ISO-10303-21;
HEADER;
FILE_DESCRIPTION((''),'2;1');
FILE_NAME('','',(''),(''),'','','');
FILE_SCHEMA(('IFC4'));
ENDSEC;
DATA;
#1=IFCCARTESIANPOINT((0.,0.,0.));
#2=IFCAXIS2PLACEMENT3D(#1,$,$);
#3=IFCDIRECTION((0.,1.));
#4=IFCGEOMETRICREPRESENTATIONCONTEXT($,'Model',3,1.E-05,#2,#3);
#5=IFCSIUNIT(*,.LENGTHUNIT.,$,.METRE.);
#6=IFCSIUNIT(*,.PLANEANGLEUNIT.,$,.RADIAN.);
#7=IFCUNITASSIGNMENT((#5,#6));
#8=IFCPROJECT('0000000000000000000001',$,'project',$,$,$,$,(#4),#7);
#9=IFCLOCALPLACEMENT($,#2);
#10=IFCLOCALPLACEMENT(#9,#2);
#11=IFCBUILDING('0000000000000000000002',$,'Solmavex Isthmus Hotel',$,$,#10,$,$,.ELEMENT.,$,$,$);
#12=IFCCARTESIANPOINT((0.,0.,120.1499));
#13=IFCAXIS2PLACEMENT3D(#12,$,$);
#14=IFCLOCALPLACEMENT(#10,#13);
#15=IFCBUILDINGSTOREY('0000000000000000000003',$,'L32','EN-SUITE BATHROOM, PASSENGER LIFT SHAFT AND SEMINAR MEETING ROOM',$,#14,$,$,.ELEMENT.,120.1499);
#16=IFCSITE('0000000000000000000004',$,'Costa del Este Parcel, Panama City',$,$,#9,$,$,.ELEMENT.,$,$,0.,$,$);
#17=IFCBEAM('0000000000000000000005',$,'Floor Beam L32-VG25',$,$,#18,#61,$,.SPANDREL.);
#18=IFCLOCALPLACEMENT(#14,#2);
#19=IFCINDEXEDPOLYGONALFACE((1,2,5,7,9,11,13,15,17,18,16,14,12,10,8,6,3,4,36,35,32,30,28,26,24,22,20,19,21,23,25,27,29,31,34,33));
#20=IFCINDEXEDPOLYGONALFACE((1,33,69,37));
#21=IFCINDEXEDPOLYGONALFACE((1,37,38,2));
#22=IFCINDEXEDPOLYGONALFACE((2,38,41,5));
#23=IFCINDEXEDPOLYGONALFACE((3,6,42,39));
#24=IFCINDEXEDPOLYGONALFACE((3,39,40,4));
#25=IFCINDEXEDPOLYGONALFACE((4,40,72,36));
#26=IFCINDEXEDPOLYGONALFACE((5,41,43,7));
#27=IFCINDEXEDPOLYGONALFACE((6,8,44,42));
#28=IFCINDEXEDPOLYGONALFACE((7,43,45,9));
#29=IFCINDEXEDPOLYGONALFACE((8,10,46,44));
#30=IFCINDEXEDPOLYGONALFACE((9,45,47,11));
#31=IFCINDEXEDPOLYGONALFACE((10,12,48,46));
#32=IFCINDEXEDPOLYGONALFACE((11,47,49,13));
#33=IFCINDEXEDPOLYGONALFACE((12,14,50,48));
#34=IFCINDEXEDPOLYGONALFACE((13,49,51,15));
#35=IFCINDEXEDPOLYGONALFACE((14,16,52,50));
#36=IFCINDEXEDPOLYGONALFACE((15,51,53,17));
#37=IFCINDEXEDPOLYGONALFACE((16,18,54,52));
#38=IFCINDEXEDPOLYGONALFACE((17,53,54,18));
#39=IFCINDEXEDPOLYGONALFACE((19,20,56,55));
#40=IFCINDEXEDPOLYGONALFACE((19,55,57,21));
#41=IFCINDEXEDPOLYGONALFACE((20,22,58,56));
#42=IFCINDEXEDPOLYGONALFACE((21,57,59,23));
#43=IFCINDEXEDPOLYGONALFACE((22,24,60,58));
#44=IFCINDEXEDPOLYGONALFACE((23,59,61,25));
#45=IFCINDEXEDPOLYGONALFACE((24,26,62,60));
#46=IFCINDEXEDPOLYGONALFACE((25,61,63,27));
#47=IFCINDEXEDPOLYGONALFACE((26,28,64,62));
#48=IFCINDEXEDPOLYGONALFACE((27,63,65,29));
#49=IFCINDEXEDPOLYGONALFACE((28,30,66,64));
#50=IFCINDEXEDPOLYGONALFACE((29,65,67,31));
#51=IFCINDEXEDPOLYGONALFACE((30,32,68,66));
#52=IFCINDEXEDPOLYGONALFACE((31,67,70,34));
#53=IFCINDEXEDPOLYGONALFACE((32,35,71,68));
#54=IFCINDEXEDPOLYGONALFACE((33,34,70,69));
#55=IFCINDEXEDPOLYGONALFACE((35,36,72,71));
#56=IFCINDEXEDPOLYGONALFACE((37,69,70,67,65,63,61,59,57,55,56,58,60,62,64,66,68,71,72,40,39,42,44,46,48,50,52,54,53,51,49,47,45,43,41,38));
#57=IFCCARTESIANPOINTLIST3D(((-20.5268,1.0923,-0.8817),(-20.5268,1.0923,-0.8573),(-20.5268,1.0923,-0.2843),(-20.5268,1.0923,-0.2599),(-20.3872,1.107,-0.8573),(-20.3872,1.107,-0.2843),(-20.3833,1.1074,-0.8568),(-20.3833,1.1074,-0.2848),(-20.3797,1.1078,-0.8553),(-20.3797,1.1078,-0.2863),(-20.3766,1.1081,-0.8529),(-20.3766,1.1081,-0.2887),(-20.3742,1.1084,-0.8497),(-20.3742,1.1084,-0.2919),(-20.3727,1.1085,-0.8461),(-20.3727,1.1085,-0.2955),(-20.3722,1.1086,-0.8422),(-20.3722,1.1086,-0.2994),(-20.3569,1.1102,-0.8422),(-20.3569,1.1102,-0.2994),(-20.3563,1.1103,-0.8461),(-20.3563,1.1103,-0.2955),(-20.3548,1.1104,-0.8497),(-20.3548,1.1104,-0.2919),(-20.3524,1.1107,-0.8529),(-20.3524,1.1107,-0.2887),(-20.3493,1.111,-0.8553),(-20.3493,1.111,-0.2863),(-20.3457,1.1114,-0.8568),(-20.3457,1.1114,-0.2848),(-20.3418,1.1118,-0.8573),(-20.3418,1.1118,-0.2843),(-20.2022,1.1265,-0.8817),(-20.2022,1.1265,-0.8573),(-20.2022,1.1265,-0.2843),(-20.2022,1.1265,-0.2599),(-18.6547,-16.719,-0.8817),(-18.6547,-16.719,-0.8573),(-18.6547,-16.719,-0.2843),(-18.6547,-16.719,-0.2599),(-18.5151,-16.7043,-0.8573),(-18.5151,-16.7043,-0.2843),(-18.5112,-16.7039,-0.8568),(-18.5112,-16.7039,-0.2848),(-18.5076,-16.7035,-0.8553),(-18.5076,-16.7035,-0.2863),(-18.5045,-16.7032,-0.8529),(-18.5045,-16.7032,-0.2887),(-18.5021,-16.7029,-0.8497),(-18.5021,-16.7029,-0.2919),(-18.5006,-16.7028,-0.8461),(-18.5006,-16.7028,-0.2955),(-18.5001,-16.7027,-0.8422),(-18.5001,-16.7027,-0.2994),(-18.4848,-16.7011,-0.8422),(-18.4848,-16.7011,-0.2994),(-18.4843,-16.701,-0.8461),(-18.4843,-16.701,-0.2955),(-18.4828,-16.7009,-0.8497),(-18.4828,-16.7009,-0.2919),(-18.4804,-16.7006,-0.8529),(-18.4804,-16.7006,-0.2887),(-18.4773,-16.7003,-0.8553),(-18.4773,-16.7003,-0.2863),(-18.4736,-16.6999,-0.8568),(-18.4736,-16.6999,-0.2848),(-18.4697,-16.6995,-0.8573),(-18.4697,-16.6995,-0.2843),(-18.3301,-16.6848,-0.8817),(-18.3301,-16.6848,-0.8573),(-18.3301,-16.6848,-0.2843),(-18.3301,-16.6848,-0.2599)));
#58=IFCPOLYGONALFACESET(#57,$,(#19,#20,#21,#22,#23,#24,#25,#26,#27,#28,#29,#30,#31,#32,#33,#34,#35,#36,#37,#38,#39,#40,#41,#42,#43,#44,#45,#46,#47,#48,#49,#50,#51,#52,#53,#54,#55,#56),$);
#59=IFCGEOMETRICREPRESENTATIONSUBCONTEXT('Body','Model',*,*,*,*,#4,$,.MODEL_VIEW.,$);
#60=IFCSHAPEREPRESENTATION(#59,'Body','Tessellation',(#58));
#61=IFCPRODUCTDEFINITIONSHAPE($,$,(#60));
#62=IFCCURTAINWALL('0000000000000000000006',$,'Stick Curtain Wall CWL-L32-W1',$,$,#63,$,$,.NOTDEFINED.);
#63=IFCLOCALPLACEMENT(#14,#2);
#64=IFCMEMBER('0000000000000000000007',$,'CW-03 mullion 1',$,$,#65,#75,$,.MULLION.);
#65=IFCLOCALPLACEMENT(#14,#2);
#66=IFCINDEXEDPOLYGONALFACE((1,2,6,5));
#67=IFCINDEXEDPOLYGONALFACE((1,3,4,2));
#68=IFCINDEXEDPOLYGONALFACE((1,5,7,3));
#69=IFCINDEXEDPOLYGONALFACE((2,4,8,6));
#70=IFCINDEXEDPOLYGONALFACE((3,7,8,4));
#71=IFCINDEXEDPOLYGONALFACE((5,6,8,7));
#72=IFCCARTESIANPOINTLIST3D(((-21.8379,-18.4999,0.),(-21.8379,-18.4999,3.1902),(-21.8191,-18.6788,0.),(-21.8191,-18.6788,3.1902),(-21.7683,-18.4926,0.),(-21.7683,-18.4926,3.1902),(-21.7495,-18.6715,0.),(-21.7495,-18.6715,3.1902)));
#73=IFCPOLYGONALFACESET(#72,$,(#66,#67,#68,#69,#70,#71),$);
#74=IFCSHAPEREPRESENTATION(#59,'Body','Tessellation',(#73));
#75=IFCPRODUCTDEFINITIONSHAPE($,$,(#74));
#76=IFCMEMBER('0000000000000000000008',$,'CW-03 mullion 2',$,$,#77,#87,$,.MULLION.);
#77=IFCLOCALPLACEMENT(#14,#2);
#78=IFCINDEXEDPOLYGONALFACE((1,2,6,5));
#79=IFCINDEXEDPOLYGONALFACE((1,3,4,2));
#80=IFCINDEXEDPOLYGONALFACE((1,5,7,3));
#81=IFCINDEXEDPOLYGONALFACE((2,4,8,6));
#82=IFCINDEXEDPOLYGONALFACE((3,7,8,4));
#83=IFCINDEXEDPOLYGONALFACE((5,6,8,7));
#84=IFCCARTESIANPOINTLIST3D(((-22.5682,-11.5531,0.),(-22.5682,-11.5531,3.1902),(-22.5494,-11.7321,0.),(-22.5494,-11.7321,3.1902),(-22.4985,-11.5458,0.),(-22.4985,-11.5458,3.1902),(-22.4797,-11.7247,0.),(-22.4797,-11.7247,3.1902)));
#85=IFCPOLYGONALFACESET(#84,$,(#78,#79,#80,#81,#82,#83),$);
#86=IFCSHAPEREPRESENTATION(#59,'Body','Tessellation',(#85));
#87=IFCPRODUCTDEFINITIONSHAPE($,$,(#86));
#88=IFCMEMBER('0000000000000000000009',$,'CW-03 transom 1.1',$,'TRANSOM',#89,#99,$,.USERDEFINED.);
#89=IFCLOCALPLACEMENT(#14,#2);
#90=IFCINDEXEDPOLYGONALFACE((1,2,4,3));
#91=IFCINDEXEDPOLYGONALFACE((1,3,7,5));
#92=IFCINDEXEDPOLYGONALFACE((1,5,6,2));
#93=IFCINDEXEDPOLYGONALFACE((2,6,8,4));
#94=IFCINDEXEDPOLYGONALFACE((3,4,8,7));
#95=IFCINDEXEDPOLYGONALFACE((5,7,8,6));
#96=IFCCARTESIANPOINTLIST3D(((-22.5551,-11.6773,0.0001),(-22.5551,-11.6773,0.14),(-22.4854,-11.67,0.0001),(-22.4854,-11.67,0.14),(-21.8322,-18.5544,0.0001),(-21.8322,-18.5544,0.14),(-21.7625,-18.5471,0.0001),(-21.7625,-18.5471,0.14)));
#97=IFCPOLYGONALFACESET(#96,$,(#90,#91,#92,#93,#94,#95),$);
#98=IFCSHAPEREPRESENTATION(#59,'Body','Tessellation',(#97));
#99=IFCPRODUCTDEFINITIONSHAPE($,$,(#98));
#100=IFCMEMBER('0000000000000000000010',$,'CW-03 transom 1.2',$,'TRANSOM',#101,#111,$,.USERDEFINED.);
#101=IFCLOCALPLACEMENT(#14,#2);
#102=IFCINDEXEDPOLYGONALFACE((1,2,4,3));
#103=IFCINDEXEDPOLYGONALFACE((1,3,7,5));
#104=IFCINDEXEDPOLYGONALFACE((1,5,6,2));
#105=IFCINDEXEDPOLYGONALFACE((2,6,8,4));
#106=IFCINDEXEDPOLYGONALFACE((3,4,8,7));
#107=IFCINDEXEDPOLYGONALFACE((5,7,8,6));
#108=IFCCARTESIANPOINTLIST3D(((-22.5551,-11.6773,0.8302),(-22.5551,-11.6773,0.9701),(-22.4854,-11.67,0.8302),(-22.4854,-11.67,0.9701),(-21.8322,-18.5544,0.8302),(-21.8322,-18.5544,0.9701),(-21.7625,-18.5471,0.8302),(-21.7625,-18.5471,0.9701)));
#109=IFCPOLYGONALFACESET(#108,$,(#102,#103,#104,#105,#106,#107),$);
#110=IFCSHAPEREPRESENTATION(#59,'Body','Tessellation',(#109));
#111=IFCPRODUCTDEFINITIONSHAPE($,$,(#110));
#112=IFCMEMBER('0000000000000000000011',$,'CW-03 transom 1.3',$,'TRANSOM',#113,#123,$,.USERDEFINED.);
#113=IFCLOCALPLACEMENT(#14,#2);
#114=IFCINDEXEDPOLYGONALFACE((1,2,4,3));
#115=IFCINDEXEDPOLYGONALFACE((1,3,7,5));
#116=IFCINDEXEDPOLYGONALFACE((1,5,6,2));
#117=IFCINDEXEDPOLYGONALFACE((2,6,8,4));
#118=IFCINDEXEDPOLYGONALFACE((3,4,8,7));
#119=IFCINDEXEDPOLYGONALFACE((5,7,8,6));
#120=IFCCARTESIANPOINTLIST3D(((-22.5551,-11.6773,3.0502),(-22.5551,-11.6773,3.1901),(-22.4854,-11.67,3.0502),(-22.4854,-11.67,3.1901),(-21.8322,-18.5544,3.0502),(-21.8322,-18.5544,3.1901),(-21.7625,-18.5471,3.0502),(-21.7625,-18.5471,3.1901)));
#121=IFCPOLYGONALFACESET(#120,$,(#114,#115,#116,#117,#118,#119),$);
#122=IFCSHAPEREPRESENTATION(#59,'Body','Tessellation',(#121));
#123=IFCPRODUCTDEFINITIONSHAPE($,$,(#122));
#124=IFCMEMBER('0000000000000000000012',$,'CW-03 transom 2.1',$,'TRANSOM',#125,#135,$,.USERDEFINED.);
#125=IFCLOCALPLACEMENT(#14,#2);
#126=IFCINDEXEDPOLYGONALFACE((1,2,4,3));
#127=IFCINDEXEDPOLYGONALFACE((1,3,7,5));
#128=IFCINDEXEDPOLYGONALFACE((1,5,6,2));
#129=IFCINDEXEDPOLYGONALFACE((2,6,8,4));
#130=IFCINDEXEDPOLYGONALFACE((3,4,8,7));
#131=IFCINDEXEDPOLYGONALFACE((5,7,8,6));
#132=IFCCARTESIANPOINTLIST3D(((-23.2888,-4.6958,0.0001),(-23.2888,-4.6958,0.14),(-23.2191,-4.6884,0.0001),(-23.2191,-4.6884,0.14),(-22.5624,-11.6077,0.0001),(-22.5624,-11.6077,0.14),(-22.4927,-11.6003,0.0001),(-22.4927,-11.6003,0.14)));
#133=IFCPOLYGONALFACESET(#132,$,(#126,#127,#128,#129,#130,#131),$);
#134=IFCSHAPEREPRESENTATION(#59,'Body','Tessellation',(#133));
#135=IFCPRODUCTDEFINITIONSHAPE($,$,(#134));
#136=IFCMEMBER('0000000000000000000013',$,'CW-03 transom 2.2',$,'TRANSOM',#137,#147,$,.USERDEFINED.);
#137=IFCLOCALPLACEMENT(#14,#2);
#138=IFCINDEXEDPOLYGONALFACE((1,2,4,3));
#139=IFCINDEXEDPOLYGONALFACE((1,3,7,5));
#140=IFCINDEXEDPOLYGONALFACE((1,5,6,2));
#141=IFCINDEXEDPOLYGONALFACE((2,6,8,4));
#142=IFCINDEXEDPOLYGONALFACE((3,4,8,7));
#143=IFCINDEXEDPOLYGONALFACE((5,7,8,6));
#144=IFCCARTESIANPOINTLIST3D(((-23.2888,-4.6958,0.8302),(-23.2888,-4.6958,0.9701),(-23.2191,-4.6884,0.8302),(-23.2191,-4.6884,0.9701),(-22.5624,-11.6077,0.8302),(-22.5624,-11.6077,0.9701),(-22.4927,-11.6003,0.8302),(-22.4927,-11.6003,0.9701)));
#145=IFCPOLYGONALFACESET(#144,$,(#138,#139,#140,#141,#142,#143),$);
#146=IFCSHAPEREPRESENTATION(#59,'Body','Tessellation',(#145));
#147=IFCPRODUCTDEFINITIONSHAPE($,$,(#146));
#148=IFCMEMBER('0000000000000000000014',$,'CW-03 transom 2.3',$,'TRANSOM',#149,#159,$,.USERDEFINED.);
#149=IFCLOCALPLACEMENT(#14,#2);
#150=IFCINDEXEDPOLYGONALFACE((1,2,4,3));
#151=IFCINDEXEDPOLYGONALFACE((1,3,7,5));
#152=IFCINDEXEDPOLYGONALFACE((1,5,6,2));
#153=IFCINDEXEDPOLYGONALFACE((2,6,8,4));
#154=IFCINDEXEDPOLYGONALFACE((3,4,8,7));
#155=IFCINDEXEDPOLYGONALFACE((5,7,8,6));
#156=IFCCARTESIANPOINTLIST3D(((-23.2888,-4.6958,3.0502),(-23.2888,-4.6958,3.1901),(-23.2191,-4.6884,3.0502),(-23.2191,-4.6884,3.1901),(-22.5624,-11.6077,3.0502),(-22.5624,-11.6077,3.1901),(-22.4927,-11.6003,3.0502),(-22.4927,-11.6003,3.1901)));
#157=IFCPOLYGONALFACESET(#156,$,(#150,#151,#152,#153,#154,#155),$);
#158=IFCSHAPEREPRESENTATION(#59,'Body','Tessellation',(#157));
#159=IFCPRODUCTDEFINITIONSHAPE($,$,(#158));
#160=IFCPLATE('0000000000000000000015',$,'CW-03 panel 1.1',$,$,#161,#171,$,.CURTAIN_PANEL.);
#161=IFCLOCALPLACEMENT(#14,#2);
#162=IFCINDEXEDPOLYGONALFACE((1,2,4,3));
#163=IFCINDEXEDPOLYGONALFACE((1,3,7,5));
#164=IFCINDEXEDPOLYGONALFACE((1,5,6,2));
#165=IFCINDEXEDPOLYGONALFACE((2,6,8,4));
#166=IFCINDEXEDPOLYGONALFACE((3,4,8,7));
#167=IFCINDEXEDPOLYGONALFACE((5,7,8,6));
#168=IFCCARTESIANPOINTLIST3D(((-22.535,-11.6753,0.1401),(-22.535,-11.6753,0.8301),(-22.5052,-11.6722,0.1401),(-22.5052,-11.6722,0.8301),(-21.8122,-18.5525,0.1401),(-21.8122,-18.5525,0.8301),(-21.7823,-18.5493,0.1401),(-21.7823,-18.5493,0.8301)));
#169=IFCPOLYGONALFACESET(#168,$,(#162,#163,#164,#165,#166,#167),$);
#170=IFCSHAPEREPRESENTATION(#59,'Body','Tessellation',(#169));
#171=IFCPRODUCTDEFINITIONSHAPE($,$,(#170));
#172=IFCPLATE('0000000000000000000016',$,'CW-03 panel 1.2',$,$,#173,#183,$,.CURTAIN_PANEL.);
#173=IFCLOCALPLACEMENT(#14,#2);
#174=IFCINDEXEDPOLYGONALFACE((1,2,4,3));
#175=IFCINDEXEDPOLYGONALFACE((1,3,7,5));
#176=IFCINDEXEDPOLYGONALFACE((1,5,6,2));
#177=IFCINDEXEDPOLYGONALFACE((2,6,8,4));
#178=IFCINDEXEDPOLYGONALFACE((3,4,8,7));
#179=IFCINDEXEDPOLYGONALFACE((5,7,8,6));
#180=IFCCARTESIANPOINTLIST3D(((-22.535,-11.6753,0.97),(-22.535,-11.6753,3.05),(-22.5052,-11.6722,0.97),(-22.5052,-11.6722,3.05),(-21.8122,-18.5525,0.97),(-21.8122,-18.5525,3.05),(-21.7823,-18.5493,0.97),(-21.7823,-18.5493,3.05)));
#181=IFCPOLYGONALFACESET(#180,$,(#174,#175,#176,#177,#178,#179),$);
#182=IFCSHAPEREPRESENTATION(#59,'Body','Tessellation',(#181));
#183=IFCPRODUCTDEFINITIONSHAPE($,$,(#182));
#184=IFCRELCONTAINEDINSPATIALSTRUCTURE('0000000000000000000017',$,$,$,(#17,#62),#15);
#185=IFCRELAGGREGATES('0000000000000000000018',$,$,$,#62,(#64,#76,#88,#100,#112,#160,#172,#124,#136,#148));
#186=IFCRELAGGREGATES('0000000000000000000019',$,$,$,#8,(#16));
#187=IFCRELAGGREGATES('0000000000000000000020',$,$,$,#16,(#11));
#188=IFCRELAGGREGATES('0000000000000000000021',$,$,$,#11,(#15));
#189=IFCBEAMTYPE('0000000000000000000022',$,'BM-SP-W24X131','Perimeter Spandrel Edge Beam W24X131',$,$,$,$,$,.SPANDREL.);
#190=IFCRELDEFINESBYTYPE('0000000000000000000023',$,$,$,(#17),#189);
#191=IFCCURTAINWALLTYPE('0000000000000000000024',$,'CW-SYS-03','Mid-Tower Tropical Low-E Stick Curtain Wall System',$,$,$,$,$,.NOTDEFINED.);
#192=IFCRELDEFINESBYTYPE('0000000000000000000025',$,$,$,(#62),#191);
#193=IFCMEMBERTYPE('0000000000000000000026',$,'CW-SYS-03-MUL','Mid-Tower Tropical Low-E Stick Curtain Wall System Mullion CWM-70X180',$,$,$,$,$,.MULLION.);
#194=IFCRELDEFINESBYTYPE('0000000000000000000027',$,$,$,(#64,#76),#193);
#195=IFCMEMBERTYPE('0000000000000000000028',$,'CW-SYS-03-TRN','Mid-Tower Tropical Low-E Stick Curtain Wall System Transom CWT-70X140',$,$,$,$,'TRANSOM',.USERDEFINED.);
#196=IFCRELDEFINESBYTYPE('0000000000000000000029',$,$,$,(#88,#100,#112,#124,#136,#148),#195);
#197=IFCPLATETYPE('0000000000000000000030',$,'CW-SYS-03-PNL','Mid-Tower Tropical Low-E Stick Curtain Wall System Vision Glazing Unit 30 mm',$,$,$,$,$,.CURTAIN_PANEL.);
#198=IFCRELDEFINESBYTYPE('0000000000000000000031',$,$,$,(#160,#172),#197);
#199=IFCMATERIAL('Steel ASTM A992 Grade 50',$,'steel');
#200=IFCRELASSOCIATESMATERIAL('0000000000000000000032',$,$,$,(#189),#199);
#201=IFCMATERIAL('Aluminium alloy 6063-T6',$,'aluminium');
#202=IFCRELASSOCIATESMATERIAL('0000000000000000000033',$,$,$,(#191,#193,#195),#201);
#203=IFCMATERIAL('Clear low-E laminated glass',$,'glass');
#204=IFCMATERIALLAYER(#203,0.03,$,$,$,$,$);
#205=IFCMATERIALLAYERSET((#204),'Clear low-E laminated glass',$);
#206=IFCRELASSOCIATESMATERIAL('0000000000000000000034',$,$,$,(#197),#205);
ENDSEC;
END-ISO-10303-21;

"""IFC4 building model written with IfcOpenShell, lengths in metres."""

from ifc_helpers import new_model, si_unit, direction, frame, origin, origin_2d, place, context, subcontext, project, spatial, rectangle, i_section, extrude, material, layer, layer_set, material_profile, profile_set, type_object, element, aggregate, save


model = new_model("IFC4")

# Units and contexts
model_context = context("Model", 3, precision=1e-05, world=origin(), true_north=direction((0.0, 1.0)))
body_context = subcontext(model_context, "Body", "Model", "MODEL_VIEW")
ifc_project = project(units=[si_unit("LENGTHUNIT", "METRE"), si_unit("PLANEANGLEUNIT", "RADIAN")], contexts=[model_context])

# Site, building, storey
site_placement = place(None, origin())
site = spatial("IfcSite", under=ifc_project, at=site_placement, Name="Costa del Este Parcel, Panama City", CompositionType="ELEMENT", RefElevation=0.0)
building_placement = place(site_placement, origin())
building = spatial("IfcBuilding", under=site, at=building_placement, Name="Solmavex Isthmus Hotel", CompositionType="ELEMENT")
storey_placement = place(building_placement, frame((0.0, 0.0, 120.1499)))
storey = spatial("IfcBuildingStorey", under=building, at=storey_placement, Name="L32", Description="EN-SUITE BATHROOM, PASSENGER LIFT SHAFT AND SEMINAR MEETING ROOM", CompositionType="ELEMENT", Elevation=120.1499)

# Beam
ifc_material_1 = material(Name="Steel ASTM A992 Grade 50", Category="steel")
ifc_material_profile_1 = material_profile(ifc_material_1, i_section(OverallWidth=0.3264, OverallDepth=0.6218, WebThickness=0.0154, FlangeThickness=0.0244, FilletRadius=0.0151, at=origin_2d()), Name="W24X131")
ifc_profile_set_1 = profile_set([ifc_material_profile_1], Name="Steel ASTM A992 Grade 50")
beam_type_1 = type_object("IfcBeamType", Name="BM-SP-W24X131", Description="Perimeter Spandrel Edge Beam W24X131", PredefinedType="SPANDREL", material=ifc_profile_set_1)
beam_1_placement = place(storey_placement, frame((-18.4924, -16.7019, -0.5708), z_axis=(-0.10453, 0.994522, 0.0), x_axis=(-0.994522, -0.10453, 0.0)))
element("IfcBeam", 1, at=beam_1_placement, inside=storey, type_object=beam_type_1, Name="Floor Beam L32-VG25", PredefinedType="SPANDREL", context=body_context, shape_type="SweptSolid", body=[
    extrude(i_section(OverallWidth=0.3264, OverallDepth=0.6218, WebThickness=0.0154, FlangeThickness=0.0244, FilletRadius=0.0151, at=origin_2d()), origin(), (0.0, 0.0, 1.0), 17.9094),
])

# Curtain wall, members, plates
ifc_material_2 = material(Name="Aluminium alloy 6063-T6", Category="aluminium")
curtain_wall_type = type_object("IfcCurtainWallType", Name="CW-SYS-03", Description="Mid-Tower Tropical Low-E Stick Curtain Wall System", PredefinedType="NOTDEFINED", material=ifc_material_2)
curtain_wall_placement = place(storey_placement, origin())
curtain_wall = element("IfcCurtainWall", 2, at=curtain_wall_placement, inside=storey, type_object=curtain_wall_type, Name="Stick Curtain Wall CWL-L32-W1", PredefinedType="NOTDEFINED")
ifc_material_profile_2 = material_profile(ifc_material_2, rectangle(XDim=0.0701, YDim=0.1799, at=origin_2d()), Name="CWM-70X180")
ifc_profile_set_2 = profile_set([ifc_material_profile_2], Name="Aluminium alloy 6063-T6")
member_type_1 = type_object("IfcMemberType", Name="CW-SYS-03-MUL", Description="Mid-Tower Tropical Low-E Stick Curtain Wall System Mullion CWM-70X180", PredefinedType="MULLION", material=ifc_profile_set_2)
member_1_placement = place(storey_placement, frame((-21.7937, -18.5857, 0.0), z_axis=(0.0, 0.0, 1.0), x_axis=(-0.994522, -0.104528, 0.0)))
member_1 = element("IfcMember", 3, at=member_1_placement, type_object=member_type_1, Name="CW-03 mullion 1", PredefinedType="MULLION", context=body_context, shape_type="SweptSolid", body=[
    extrude(rectangle(XDim=0.0701, YDim=0.1799, at=origin_2d()), origin(), (0.0, 0.0, 1.0), 3.1902),
])
member_2_placement = place(storey_placement, frame((-22.5239, -11.6389, 0.0), z_axis=(0.0, 0.0, 1.0), x_axis=(-0.994522, -0.104528, 0.0)))
member_2 = element("IfcMember", 4, at=member_2_placement, type_object=member_type_1, Name="CW-03 mullion 2", PredefinedType="MULLION", context=body_context, shape_type="SweptSolid", body=[
    extrude(rectangle(XDim=0.0701, YDim=0.1799, at=origin_2d()), origin(), (0.0, 0.0, 1.0), 3.1902),
])
ifc_material_profile_3 = material_profile(ifc_material_2, rectangle(XDim=0.0701, YDim=0.1399, at=origin_2d()), Name="CWT-70X140")
ifc_profile_set_3 = profile_set([ifc_material_profile_3], Name="Aluminium alloy 6063-T6")
member_type_2 = type_object("IfcMemberType", Name="CW-SYS-03-TRN", Description="Mid-Tower Tropical Low-E Stick Curtain Wall System Transom CWT-70X140", ElementType="TRANSOM", PredefinedType="USERDEFINED", material=ifc_profile_set_3)
member_3_placement = place(storey_placement, frame((-21.7974, -18.5508, 0.0701), z_axis=(-0.10454, 0.994521, 0.0), x_axis=(-0.994521, -0.10454, 0.0)))
member_3 = element("IfcMember", 5, at=member_3_placement, type_object=member_type_2, Name="CW-03 transom 1.1", ObjectType="TRANSOM", PredefinedType="USERDEFINED", context=body_context, shape_type="SweptSolid", body=[
    extrude(rectangle(XDim=0.0701, YDim=0.1399, at=origin_2d()), origin(), (0.0, 0.0, 1.0), 6.915),
])
member_4_placement = place(storey_placement, frame((-21.7974, -18.5508, 0.9001), z_axis=(-0.10454, 0.994521, 0.0), x_axis=(-0.994521, -0.10454, 0.0)))
member_4 = element("IfcMember", 6, at=member_4_placement, type_object=member_type_2, Name="CW-03 transom 1.2", ObjectType="TRANSOM", PredefinedType="USERDEFINED", context=body_context, shape_type="SweptSolid", body=[
    extrude(rectangle(XDim=0.0701, YDim=0.1399, at=origin_2d()), origin(), (0.0, 0.0, 1.0), 6.915),
])
member_5_placement = place(storey_placement, frame((-21.7974, -18.5508, 3.1201), z_axis=(-0.10454, 0.994521, 0.0), x_axis=(-0.994521, -0.10454, 0.0)))
member_5 = element("IfcMember", 7, at=member_5_placement, type_object=member_type_2, Name="CW-03 transom 1.3", ObjectType="TRANSOM", PredefinedType="USERDEFINED", context=body_context, shape_type="SweptSolid", body=[
    extrude(rectangle(XDim=0.0701, YDim=0.1399, at=origin_2d()), origin(), (0.0, 0.0, 1.0), 6.915),
])
member_6_placement = place(storey_placement, frame((-22.5276, -11.604, 0.0701), z_axis=(-0.104507, 0.994524, 0.0), x_axis=(-0.994524, -0.104507, 0.0)))
member_6 = element("IfcMember", 8, at=member_6_placement, type_object=member_type_2, Name="CW-03 transom 2.1", ObjectType="TRANSOM", PredefinedType="USERDEFINED", context=body_context, shape_type="SweptSolid", body=[
    extrude(rectangle(XDim=0.0701, YDim=0.1399, at=origin_2d()), origin(), (0.0, 0.0, 1.0), 6.95),
])
member_7_placement = place(storey_placement, frame((-22.5276, -11.604, 0.9001), z_axis=(-0.104507, 0.994524, 0.0), x_axis=(-0.994524, -0.104507, 0.0)))
member_7 = element("IfcMember", 9, at=member_7_placement, type_object=member_type_2, Name="CW-03 transom 2.2", ObjectType="TRANSOM", PredefinedType="USERDEFINED", context=body_context, shape_type="SweptSolid", body=[
    extrude(rectangle(XDim=0.0701, YDim=0.1399, at=origin_2d()), origin(), (0.0, 0.0, 1.0), 6.95),
])
member_8_placement = place(storey_placement, frame((-22.5276, -11.604, 3.1201), z_axis=(-0.104507, 0.994524, 0.0), x_axis=(-0.994524, -0.104507, 0.0)))
member_8 = element("IfcMember", 10, at=member_8_placement, type_object=member_type_2, Name="CW-03 transom 2.3", ObjectType="TRANSOM", PredefinedType="USERDEFINED", context=body_context, shape_type="SweptSolid", body=[
    extrude(rectangle(XDim=0.0701, YDim=0.1399, at=origin_2d()), origin(), (0.0, 0.0, 1.0), 6.95),
])
ifc_material_3 = material(Name="Clear low-E laminated glass", Category="glass")
ifc_layer_1 = layer(ifc_material_3, 0.03)
ifc_layer_set_1 = layer_set([ifc_layer_1], Name="Clear low-E laminated glass")
plate_type = type_object("IfcPlateType", Name="CW-SYS-03-PNL", Description="Mid-Tower Tropical Low-E Stick Curtain Wall System Vision Glazing Unit 30 mm", PredefinedType="CURTAIN_PANEL", material=ifc_layer_set_1)
plate_1_placement = place(storey_placement, frame((-22.1587, -15.1123, 0.1401), z_axis=(0.0, 0.0, 1.0), x_axis=(-0.104528, 0.994522, 0.0)))
plate_1 = element("IfcPlate", 11, at=plate_1_placement, type_object=plate_type, Name="CW-03 panel 1.1", PredefinedType="CURTAIN_PANEL", context=body_context, shape_type="SweptSolid", body=[
    extrude(rectangle(XDim=6.915, YDim=0.03, at=origin_2d()), origin(), (0.0, 0.0, 1.0), 0.6899),
])
plate_2_placement = place(storey_placement, frame((-22.1587, -15.1123, 0.97), z_axis=(0.0, 0.0, 1.0), x_axis=(-0.104528, 0.994522, 0.0)))
plate_2 = element("IfcPlate", 12, at=plate_2_placement, type_object=plate_type, Name="CW-03 panel 1.2", PredefinedType="CURTAIN_PANEL", context=body_context, shape_type="SweptSolid", body=[
    extrude(rectangle(XDim=6.915, YDim=0.03, at=origin_2d()), origin(), (0.0, 0.0, 1.0), 2.0801),
])
aggregate(curtain_wall, [member_1, member_2, member_3, member_4, member_5, plate_1, plate_2, member_6, member_7, member_8])

save(model, "model.ifc")
